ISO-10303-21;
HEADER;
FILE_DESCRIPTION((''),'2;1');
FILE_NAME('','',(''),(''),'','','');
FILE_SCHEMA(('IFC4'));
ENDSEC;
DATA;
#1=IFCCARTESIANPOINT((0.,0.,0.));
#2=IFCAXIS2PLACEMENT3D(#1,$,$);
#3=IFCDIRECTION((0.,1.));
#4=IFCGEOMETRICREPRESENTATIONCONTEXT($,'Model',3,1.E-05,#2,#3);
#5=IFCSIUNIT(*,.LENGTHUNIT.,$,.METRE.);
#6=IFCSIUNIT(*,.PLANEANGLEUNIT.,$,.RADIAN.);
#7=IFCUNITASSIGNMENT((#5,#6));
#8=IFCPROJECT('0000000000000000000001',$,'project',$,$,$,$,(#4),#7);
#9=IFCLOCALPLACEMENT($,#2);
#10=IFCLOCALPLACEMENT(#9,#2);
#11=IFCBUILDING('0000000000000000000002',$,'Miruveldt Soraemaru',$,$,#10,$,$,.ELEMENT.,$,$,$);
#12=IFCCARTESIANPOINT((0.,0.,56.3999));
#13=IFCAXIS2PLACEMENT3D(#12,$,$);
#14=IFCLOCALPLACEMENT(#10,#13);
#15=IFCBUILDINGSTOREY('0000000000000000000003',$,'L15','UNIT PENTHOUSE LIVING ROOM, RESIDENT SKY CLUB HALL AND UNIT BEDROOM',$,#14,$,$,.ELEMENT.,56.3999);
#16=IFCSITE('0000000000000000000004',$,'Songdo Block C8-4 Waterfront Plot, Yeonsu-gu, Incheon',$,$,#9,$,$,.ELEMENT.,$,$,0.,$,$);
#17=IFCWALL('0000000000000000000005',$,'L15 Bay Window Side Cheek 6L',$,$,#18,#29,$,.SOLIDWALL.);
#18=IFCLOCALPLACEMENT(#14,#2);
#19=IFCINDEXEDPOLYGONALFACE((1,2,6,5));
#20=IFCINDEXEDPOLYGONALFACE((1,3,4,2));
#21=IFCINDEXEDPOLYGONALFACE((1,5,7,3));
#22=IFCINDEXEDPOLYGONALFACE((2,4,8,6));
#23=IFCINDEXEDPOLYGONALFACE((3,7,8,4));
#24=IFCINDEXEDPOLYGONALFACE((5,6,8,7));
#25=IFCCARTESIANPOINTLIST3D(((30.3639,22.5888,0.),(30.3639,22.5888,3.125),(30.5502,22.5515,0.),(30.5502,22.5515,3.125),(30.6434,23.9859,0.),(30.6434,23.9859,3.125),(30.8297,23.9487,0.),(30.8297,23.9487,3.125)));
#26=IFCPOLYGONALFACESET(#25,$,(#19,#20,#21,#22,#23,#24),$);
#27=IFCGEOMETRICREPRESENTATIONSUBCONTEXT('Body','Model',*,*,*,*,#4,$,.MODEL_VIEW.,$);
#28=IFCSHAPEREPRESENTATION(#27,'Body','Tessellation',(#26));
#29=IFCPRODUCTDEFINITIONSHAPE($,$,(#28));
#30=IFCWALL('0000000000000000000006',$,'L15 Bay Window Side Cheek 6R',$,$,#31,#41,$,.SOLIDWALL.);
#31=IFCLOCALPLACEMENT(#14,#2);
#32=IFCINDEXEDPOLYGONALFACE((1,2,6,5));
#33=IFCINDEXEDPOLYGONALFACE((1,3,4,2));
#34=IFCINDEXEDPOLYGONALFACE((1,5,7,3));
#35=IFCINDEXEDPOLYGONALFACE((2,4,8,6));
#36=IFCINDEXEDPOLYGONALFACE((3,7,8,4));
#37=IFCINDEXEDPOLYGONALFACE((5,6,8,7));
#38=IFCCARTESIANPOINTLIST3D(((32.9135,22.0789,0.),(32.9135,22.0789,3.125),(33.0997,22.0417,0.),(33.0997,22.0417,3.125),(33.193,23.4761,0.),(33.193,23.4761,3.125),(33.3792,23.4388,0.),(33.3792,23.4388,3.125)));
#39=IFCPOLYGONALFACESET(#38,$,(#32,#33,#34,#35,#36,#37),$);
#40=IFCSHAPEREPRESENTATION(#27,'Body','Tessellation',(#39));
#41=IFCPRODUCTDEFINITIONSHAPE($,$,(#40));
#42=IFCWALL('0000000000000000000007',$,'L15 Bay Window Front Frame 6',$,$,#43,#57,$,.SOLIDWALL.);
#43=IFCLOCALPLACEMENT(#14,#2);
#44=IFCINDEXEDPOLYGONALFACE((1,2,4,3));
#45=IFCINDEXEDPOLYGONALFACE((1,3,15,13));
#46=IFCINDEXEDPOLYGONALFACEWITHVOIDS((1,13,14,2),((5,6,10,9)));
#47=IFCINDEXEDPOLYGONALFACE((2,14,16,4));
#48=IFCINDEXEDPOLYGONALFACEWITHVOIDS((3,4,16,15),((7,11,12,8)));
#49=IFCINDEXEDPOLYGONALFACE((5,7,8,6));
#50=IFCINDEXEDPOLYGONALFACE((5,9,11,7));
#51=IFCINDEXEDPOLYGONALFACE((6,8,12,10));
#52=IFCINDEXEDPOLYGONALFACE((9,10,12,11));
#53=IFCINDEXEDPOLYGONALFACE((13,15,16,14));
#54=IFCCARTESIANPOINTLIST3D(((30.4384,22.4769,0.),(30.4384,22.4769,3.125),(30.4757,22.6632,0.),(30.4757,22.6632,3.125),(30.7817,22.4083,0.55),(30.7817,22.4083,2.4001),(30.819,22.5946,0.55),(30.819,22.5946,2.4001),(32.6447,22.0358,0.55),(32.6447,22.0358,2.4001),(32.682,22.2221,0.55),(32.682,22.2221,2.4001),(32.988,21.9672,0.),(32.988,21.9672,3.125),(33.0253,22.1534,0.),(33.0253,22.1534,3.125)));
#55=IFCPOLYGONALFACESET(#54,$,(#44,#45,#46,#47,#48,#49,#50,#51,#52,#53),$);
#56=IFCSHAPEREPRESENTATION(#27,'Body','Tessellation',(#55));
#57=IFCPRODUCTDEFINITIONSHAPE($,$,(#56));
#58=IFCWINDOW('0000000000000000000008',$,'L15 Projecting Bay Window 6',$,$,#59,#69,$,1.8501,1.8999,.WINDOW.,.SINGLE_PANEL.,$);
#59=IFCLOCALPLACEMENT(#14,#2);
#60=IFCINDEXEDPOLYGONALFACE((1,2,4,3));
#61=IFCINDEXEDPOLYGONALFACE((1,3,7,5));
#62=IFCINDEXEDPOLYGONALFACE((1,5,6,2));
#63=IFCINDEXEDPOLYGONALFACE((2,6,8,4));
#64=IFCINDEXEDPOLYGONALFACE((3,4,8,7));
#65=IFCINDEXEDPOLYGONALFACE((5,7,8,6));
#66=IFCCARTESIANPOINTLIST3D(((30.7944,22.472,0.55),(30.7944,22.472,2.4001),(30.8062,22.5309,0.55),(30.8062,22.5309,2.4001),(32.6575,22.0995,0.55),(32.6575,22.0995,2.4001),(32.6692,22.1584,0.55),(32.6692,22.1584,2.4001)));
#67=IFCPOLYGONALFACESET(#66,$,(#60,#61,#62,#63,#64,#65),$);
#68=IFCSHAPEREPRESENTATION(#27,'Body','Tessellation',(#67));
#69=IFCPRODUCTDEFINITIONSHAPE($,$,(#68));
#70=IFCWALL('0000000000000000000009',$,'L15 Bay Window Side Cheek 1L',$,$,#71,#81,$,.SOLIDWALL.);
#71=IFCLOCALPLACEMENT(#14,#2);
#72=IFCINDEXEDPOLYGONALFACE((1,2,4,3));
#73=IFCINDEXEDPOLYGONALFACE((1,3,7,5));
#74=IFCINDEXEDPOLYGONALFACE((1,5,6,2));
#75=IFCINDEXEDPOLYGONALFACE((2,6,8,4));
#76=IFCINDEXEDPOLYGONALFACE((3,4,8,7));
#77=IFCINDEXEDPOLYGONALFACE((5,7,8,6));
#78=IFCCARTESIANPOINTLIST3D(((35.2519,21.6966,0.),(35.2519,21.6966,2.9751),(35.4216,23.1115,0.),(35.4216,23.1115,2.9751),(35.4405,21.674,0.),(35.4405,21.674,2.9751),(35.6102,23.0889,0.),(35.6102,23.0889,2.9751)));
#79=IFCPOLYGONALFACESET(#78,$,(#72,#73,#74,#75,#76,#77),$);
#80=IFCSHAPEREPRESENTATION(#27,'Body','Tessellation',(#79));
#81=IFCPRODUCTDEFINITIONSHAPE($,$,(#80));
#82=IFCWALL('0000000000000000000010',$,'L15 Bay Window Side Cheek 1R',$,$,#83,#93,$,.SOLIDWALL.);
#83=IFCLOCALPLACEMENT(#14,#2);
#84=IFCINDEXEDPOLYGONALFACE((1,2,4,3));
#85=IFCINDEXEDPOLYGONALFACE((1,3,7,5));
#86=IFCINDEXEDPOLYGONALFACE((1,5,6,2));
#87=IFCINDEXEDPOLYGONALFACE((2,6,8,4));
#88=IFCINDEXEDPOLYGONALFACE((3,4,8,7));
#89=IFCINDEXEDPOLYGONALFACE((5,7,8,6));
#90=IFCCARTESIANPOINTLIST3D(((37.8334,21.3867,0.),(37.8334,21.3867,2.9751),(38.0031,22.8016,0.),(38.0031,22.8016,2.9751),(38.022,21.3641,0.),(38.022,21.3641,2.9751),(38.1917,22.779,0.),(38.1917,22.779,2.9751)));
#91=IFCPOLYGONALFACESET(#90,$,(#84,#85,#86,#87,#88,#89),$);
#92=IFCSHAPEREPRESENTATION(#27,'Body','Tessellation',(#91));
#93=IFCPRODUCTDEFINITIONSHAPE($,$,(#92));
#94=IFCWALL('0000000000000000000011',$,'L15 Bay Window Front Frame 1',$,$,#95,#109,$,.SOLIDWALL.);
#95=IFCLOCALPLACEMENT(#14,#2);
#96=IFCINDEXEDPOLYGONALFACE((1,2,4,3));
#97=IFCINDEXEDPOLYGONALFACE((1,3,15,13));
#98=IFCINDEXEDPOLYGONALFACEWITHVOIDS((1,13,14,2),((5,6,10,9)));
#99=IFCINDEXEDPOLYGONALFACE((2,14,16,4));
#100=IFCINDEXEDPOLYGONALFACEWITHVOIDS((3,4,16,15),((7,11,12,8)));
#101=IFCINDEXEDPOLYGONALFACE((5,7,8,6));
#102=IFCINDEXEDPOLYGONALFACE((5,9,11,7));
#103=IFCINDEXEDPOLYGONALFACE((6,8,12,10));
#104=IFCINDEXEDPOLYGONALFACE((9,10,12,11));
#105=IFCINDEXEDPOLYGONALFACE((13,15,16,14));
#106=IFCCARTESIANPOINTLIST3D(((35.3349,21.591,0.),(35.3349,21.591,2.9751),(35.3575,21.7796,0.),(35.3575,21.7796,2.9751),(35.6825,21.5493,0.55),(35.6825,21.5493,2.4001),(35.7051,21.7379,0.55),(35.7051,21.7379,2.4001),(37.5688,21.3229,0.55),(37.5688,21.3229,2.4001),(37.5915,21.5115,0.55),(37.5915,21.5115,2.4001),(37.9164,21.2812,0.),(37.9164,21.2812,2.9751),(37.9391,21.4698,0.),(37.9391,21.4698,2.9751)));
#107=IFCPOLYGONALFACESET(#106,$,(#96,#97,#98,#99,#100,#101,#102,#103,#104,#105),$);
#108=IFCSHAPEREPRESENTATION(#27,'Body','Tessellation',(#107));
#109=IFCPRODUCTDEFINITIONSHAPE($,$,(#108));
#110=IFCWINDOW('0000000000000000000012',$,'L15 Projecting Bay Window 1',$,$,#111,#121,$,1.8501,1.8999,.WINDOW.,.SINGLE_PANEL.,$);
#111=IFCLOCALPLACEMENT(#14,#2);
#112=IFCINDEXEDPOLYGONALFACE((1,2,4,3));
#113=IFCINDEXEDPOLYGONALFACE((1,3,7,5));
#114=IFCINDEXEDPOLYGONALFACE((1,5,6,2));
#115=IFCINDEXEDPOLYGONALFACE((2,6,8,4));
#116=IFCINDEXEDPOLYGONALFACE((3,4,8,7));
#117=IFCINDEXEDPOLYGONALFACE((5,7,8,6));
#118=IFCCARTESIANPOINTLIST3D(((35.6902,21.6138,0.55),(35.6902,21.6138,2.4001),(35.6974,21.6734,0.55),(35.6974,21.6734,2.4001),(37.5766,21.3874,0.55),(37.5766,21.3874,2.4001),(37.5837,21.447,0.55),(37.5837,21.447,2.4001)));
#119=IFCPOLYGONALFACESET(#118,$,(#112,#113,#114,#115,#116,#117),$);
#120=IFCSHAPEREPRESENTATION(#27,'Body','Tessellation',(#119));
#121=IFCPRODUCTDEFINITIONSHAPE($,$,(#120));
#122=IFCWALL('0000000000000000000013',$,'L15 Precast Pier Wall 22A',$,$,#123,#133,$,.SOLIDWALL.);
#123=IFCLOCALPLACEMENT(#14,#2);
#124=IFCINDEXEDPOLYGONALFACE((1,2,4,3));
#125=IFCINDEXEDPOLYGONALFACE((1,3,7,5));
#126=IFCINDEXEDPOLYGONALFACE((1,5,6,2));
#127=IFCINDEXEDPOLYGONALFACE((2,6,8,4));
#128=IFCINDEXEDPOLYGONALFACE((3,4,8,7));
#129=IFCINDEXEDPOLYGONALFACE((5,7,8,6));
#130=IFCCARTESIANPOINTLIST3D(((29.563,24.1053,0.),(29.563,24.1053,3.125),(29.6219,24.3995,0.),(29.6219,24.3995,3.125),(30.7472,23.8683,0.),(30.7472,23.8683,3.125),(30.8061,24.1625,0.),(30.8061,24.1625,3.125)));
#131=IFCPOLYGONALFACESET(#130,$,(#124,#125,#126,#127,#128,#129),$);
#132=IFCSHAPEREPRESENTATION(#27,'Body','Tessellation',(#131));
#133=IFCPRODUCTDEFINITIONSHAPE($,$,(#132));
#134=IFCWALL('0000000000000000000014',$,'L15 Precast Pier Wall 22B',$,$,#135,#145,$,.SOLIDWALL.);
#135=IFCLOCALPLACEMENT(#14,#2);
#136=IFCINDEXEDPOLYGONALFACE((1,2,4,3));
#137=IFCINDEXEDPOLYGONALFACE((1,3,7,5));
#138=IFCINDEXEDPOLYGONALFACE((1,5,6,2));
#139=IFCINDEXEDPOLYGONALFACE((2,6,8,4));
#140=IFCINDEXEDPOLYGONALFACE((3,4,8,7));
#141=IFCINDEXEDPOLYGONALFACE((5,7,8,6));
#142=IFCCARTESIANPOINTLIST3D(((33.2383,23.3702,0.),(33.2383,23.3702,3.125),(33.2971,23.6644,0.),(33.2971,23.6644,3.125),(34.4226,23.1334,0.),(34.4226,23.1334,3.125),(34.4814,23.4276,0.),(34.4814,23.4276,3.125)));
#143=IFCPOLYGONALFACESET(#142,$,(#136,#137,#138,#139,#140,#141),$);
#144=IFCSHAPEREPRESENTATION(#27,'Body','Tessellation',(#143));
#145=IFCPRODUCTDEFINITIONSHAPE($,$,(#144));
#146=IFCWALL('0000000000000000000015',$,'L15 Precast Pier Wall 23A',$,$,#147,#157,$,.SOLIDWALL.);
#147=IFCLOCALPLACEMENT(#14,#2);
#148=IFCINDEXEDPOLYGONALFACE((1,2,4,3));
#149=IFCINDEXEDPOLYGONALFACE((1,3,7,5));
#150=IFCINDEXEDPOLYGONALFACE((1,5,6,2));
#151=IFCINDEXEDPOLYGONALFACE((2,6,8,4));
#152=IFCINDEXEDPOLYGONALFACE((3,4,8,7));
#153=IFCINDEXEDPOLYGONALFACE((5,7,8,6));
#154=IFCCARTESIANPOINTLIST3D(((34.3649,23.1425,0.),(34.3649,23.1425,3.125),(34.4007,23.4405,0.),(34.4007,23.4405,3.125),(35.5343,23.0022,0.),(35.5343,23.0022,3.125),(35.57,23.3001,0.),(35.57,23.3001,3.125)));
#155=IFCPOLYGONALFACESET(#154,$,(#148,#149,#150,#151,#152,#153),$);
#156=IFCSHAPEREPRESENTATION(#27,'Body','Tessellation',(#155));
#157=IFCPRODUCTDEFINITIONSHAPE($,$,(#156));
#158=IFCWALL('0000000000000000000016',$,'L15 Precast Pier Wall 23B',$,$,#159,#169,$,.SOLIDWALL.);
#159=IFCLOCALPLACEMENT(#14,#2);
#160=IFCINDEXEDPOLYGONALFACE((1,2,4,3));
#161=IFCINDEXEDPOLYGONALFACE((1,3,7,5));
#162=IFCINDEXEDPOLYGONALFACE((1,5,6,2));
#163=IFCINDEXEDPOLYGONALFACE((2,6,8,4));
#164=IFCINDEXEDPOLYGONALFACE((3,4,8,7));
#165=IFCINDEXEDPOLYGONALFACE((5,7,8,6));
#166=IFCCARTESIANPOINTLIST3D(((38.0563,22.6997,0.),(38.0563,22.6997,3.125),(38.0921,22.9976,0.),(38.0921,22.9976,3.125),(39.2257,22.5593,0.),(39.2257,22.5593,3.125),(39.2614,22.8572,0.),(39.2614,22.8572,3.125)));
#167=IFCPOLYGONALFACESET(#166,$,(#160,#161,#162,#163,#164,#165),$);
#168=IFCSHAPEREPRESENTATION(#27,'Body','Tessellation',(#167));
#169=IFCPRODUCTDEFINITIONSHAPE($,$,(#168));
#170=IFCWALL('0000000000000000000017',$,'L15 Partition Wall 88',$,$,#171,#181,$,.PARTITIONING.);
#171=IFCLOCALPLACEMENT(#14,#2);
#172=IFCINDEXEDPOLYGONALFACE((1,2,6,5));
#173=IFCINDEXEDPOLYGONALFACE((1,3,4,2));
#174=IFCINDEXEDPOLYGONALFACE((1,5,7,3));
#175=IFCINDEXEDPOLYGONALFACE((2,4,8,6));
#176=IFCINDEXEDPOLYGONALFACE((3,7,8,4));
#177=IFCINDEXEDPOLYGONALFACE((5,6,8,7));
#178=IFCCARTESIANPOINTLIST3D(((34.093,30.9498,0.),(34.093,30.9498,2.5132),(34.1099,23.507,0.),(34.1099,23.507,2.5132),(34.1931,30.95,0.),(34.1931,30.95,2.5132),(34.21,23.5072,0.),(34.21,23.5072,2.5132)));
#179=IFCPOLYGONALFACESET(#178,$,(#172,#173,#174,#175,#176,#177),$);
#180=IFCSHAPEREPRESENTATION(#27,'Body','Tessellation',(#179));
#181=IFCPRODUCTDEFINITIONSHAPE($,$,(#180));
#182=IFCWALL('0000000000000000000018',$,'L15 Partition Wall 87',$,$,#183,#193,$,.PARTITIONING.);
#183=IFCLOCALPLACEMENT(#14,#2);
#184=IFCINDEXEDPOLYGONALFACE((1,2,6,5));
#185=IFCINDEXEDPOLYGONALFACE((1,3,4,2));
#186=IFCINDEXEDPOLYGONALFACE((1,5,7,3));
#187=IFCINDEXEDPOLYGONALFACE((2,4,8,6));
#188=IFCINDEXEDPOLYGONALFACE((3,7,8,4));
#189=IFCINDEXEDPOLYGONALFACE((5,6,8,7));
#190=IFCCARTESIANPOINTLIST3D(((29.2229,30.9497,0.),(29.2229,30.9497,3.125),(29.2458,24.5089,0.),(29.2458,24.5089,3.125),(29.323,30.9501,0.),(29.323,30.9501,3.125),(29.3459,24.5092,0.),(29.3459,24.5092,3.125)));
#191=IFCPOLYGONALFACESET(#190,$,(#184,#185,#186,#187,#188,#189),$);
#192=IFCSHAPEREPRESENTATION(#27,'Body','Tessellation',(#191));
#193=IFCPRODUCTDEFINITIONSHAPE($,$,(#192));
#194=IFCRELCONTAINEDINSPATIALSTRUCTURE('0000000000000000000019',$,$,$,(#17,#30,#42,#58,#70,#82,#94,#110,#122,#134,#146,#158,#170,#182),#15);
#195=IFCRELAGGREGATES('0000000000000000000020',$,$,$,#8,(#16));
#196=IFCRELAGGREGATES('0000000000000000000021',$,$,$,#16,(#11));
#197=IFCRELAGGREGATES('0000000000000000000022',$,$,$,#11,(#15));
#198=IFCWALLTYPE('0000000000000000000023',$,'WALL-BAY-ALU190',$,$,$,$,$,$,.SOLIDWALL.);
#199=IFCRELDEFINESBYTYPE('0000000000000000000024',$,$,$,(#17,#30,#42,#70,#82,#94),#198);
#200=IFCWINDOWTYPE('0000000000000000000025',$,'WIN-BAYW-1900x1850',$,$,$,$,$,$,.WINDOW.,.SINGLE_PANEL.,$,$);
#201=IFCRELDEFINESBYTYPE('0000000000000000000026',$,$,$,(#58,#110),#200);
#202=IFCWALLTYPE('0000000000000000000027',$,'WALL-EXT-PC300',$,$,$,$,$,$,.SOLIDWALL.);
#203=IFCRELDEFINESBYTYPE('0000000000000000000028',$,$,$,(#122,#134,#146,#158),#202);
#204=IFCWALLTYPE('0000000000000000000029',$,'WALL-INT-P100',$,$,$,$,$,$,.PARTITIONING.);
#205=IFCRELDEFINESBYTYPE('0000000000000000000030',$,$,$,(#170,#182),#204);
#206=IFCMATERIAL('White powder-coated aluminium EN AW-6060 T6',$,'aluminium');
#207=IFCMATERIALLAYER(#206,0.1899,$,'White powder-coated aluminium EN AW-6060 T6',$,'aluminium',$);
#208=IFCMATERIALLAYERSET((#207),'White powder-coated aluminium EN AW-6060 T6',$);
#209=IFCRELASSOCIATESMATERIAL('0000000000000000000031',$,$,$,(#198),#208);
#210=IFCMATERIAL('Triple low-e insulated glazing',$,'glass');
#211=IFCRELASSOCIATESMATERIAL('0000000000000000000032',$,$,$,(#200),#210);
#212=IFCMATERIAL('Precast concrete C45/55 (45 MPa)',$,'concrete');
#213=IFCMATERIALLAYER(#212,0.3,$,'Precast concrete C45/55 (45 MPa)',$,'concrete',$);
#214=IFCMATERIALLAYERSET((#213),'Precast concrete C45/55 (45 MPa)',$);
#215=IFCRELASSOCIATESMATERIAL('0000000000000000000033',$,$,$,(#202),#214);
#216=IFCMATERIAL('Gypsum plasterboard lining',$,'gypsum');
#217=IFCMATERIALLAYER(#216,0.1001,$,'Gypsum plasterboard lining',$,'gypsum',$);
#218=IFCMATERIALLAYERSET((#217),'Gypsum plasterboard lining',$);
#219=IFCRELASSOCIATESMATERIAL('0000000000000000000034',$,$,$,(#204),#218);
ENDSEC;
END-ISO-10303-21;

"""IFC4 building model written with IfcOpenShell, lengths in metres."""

from ifc_helpers import new_model, si_unit, direction, frame, frame_2d, origin, place, context, subcontext, project, spatial, rectangle, extrude, material, layer, layer_set, type_object, element, fill, save


model = new_model("IFC4")

# Units and contexts
model_context = context("Model", 3, precision=1e-05, world=origin(), true_north=direction((0.0, 1.0)))
body_context = subcontext(model_context, "Body", "Model", "MODEL_VIEW")
ifc_project = project(units=[si_unit("LENGTHUNIT", "METRE"), si_unit("PLANEANGLEUNIT", "RADIAN")], contexts=[model_context])

# Site, building, storey
site_placement = place(None, origin())
site = spatial("IfcSite", under=ifc_project, at=site_placement, Name="Songdo Block C8-4 Waterfront Plot, Yeonsu-gu, Incheon", CompositionType="ELEMENT", RefElevation=0.0)
building_placement = place(site_placement, origin())
building = spatial("IfcBuilding", under=site, at=building_placement, Name="Miruveldt Soraemaru", CompositionType="ELEMENT")
storey_placement = place(building_placement, frame((0.0, 0.0, 56.3999)))
storey = spatial("IfcBuildingStorey", under=building, at=storey_placement, Name="L15", Description="UNIT PENTHOUSE LIVING ROOM, RESIDENT SKY CLUB HALL AND UNIT BEDROOM", CompositionType="ELEMENT", Elevation=56.3999)

# Walls
ifc_material_1 = material(Name="White powder-coated aluminium EN AW-6060 T6", Category="aluminium")
ifc_layer_1 = layer(ifc_material_1, 0.1899, Name="White powder-coated aluminium EN AW-6060 T6", Category="aluminium")
ifc_layer_set_1 = layer_set([ifc_layer_1], Name="White powder-coated aluminium EN AW-6060 T6")
wall_type_1 = type_object("IfcWallType", Name="WALL-BAY-ALU190", PredefinedType="SOLIDWALL", material=ifc_layer_set_1)
for number, where, z_axis, x_axis, name in (
    (1, (30.7366, 23.9673, 0.0), (0.0, 0.0, 1.0), (-0.196182, -0.980567, 0.0), "L15 Bay Window Side Cheek 6L"),
    (2, (33.0066, 22.0603, 0.0), (0.0, 0.0, 1.0), (0.196182, 0.980567, 0.0), "L15 Bay Window Side Cheek 6R"),
):
    element("IfcWall", number, at=place(storey_placement, frame(where, z_axis=z_axis, x_axis=x_axis)), inside=storey, type_object=wall_type_1, Name=name, PredefinedType="SOLIDWALL", context=body_context, shape_type="SweptSolid", body=[
        extrude(rectangle(XDim=1.4248, YDim=0.1899, at=frame_2d((0.7124, 0.0))), origin(), (0.0, 0.0, 1.0), 3.125),
    ])

# Wall, opening, window
wall_1_placement = place(storey_placement, frame((30.457, 22.5701, 0.0), z_axis=(0.0, 0.0, 1.0), x_axis=(0.980592, -0.196062, 0.0)))
wall_1 = element("IfcWall", 3, at=wall_1_placement, inside=storey, type_object=wall_type_1, Name="L15 Bay Window Front Frame 6", PredefinedType="SOLIDWALL", context=body_context, shape_type="SweptSolid", body=[
    extrude(rectangle(XDim=2.6001, YDim=0.1899, at=frame_2d((1.3, 0.0))), origin(), (0.0, 0.0, 1.0), 3.125),
])
opening_1_placement = place(wall_1_placement, frame((0.3501, 0.0, 0.55)))
opening_1 = element("IfcOpeningElement", 4, at=opening_1_placement, cuts=wall_1, PredefinedType="OPENING", context=body_context, shape_type="SweptSolid", body=[
    extrude(rectangle(XDim=1.8999, YDim=1.8501, at=frame_2d((0.95, 0.925))), frame((0.0, 0.105, 0.0), z_axis=(0.0, -1.0, 0.0), x_axis=(1.0, 0.0, 0.0)), (0.0, 0.0, 1.0), 0.21),
])
ifc_material_2 = material(Name="Triple low-e insulated glazing", Category="glass")
window_type = type_object("IfcWindowType", Name="WIN-BAYW-1900x1850", PartitioningType="SINGLE_PANEL", PredefinedType="WINDOW", material=ifc_material_2)
window_1_placement = place(opening_1_placement, origin())
window_1 = element("IfcWindow", 5, at=window_1_placement, inside=storey, type_object=window_type, Name="L15 Projecting Bay Window 6", OverallHeight=1.8501, OverallWidth=1.8999, PartitioningType="SINGLE_PANEL", PredefinedType="WINDOW", context=body_context, shape_type="SweptSolid", body=[
    extrude(rectangle(XDim=1.8999, YDim=1.8501, at=frame_2d((0.95, 0.925))), frame((0.0, 0.03, 0.0), z_axis=(0.0, -1.0, 0.0), x_axis=(1.0, 0.0, 0.0)), (0.0, 0.0, 1.0), 0.0601),
])
fill(opening_1, window_1)

# Walls
for number, where, z_axis, x_axis, name in (
    (6, (35.5159, 23.1001, 0.0), (0.0, 0.0, 1.0), (-0.119078, -0.992885, 0.0), "L15 Bay Window Side Cheek 1L"),
    (7, (37.9277, 21.3755, 0.0), (0.0, 0.0, 1.0), (0.119078, 0.992885, 0.0), "L15 Bay Window Side Cheek 1R"),
):
    element("IfcWall", number, at=place(storey_placement, frame(where, z_axis=z_axis, x_axis=x_axis)), inside=storey, type_object=wall_type_1, Name=name, PredefinedType="SOLIDWALL", context=body_context, shape_type="SweptSolid", body=[
        extrude(rectangle(XDim=1.425, YDim=0.1899, at=frame_2d((0.7124, 0.0))), origin(), (0.0, 0.0, 1.0), 2.9751),
    ])

# Wall, opening, window
wall_2_placement = place(storey_placement, frame((35.3462, 21.6853, 0.0), z_axis=(0.0, 0.0, 1.0), x_axis=(0.992876, -0.119156, 0.0)))
wall_2 = element("IfcWall", 8, at=wall_2_placement, inside=storey, type_object=wall_type_1, Name="L15 Bay Window Front Frame 1", PredefinedType="SOLIDWALL", context=body_context, shape_type="SweptSolid", body=[
    extrude(rectangle(XDim=2.6001, YDim=0.1899, at=frame_2d((1.3, 0.0))), origin(), (0.0, 0.0, 1.0), 2.9751),
])
opening_2_placement = place(wall_2_placement, frame((0.3501, 0.0, 0.55)))
opening_2 = element("IfcOpeningElement", 9, at=opening_2_placement, cuts=wall_2, PredefinedType="OPENING", context=body_context, shape_type="SweptSolid", body=[
    extrude(rectangle(XDim=1.8999, YDim=1.8501, at=frame_2d((0.95, 0.925))), frame((0.0, 0.105, 0.0), z_axis=(0.0, -1.0, 0.0), x_axis=(1.0, 0.0, 0.0)), (0.0, 0.0, 1.0), 0.21),
])
window_2_placement = place(opening_2_placement, origin())
window_2 = element("IfcWindow", 10, at=window_2_placement, inside=storey, type_object=window_type, Name="L15 Projecting Bay Window 1", OverallHeight=1.8501, OverallWidth=1.8999, PartitioningType="SINGLE_PANEL", PredefinedType="WINDOW", context=body_context, shape_type="SweptSolid", body=[
    extrude(rectangle(XDim=1.8999, YDim=1.8501, at=frame_2d((0.95, 0.925))), frame((0.0, 0.03, 0.0), z_axis=(0.0, -1.0, 0.0), x_axis=(1.0, 0.0, 0.0)), (0.0, 0.0, 1.0), 0.0601),
])
fill(opening_2, window_2)

# Walls
ifc_material_3 = material(Name="Precast concrete C45/55 (45 MPa)", Category="concrete")
ifc_layer_2 = layer(ifc_material_3, 0.3, Name="Precast concrete C45/55 (45 MPa)", Category="concrete")
ifc_layer_set_2 = layer_set([ifc_layer_2], Name="Precast concrete C45/55 (45 MPa)")
wall_type_2 = type_object("IfcWallType", Name="WALL-EXT-PC300", PredefinedType="SOLIDWALL", material=ifc_layer_set_2)
for number, where, z_axis, x_axis, name in (
    (11, (29.5923, 24.2524, 0.0), (0.0, 0.0, 1.0), (0.98055, -0.196272, 0.0), "L15 Precast Pier Wall 22A"),
    (12, (33.2676, 23.5173, 0.0), (0.0, 0.0, 1.0), (0.980588, -0.196077, 0.0), "L15 Precast Pier Wall 22B"),
):
    element("IfcWall", number, at=place(storey_placement, frame(where, z_axis=z_axis, x_axis=x_axis)), inside=storey, type_object=wall_type_2, Name=name, PredefinedType="SOLIDWALL", context=body_context, shape_type="SweptSolid", body=[
        extrude(rectangle(XDim=1.2078, YDim=0.3, at=frame_2d((0.604, 0.0))), origin(), (0.0, 0.0, 1.0), 3.125),
    ])
for number, where, z_axis, x_axis, name in (
    (13, (34.3828, 23.2915, 0.0), (0.0, 0.0, 1.0), (0.992872, -0.119186, 0.0), "L15 Precast Pier Wall 23A"),
    (14, (38.0742, 22.8486, 0.0), (0.0, 0.0, 1.0), (0.992872, -0.119186, 0.0), "L15 Precast Pier Wall 23B"),
):
    element("IfcWall", number, at=place(storey_placement, frame(where, z_axis=z_axis, x_axis=x_axis)), inside=storey, type_object=wall_type_2, Name=name, PredefinedType="SOLIDWALL", context=body_context, shape_type="SweptSolid", body=[
        extrude(rectangle(XDim=1.1777, YDim=0.3, at=frame_2d((0.5889, 0.0))), origin(), (0.0, 0.0, 1.0), 3.125),
    ])
ifc_material_4 = material(Name="Gypsum plasterboard lining", Category="gypsum")
ifc_layer_3 = layer(ifc_material_4, 0.1001, Name="Gypsum plasterboard lining", Category="gypsum")
ifc_layer_set_3 = layer_set([ifc_layer_3], Name="Gypsum plasterboard lining")
wall_type_3 = type_object("IfcWallType", Name="WALL-INT-P100", PredefinedType="PARTITIONING", material=ifc_layer_set_3)
wall_3_placement = place(storey_placement, frame((34.1599, 23.5071, 0.0), z_axis=(0.0, 0.0, 1.0), x_axis=(-0.002263, 0.999997, 0.0)))
element("IfcWall", 15, at=wall_3_placement, inside=storey, type_object=wall_type_3, Name="L15 Partition Wall 88", PredefinedType="PARTITIONING", context=body_context, shape_type="SweptSolid", body=[
    extrude(rectangle(XDim=7.4429, YDim=0.1001, at=frame_2d((3.7214, 0.0))), origin(), (0.0, 0.0, 1.0), 2.5132),
])
wall_4_placement = place(storey_placement, frame((29.2959, 24.509, 0.0), z_axis=(0.0, 0.0, 1.0), x_axis=(-0.003563, 0.999994, 0.0)))
element("IfcWall", 16, at=wall_4_placement, inside=storey, type_object=wall_type_3, Name="L15 Partition Wall 87", PredefinedType="PARTITIONING", context=body_context, shape_type="SweptSolid", body=[
    extrude(rectangle(XDim=6.4409, YDim=0.1001, at=frame_2d((3.2205, 0.0))), origin(), (0.0, 0.0, 1.0), 3.125),
])

save(model, "model.ifc")
